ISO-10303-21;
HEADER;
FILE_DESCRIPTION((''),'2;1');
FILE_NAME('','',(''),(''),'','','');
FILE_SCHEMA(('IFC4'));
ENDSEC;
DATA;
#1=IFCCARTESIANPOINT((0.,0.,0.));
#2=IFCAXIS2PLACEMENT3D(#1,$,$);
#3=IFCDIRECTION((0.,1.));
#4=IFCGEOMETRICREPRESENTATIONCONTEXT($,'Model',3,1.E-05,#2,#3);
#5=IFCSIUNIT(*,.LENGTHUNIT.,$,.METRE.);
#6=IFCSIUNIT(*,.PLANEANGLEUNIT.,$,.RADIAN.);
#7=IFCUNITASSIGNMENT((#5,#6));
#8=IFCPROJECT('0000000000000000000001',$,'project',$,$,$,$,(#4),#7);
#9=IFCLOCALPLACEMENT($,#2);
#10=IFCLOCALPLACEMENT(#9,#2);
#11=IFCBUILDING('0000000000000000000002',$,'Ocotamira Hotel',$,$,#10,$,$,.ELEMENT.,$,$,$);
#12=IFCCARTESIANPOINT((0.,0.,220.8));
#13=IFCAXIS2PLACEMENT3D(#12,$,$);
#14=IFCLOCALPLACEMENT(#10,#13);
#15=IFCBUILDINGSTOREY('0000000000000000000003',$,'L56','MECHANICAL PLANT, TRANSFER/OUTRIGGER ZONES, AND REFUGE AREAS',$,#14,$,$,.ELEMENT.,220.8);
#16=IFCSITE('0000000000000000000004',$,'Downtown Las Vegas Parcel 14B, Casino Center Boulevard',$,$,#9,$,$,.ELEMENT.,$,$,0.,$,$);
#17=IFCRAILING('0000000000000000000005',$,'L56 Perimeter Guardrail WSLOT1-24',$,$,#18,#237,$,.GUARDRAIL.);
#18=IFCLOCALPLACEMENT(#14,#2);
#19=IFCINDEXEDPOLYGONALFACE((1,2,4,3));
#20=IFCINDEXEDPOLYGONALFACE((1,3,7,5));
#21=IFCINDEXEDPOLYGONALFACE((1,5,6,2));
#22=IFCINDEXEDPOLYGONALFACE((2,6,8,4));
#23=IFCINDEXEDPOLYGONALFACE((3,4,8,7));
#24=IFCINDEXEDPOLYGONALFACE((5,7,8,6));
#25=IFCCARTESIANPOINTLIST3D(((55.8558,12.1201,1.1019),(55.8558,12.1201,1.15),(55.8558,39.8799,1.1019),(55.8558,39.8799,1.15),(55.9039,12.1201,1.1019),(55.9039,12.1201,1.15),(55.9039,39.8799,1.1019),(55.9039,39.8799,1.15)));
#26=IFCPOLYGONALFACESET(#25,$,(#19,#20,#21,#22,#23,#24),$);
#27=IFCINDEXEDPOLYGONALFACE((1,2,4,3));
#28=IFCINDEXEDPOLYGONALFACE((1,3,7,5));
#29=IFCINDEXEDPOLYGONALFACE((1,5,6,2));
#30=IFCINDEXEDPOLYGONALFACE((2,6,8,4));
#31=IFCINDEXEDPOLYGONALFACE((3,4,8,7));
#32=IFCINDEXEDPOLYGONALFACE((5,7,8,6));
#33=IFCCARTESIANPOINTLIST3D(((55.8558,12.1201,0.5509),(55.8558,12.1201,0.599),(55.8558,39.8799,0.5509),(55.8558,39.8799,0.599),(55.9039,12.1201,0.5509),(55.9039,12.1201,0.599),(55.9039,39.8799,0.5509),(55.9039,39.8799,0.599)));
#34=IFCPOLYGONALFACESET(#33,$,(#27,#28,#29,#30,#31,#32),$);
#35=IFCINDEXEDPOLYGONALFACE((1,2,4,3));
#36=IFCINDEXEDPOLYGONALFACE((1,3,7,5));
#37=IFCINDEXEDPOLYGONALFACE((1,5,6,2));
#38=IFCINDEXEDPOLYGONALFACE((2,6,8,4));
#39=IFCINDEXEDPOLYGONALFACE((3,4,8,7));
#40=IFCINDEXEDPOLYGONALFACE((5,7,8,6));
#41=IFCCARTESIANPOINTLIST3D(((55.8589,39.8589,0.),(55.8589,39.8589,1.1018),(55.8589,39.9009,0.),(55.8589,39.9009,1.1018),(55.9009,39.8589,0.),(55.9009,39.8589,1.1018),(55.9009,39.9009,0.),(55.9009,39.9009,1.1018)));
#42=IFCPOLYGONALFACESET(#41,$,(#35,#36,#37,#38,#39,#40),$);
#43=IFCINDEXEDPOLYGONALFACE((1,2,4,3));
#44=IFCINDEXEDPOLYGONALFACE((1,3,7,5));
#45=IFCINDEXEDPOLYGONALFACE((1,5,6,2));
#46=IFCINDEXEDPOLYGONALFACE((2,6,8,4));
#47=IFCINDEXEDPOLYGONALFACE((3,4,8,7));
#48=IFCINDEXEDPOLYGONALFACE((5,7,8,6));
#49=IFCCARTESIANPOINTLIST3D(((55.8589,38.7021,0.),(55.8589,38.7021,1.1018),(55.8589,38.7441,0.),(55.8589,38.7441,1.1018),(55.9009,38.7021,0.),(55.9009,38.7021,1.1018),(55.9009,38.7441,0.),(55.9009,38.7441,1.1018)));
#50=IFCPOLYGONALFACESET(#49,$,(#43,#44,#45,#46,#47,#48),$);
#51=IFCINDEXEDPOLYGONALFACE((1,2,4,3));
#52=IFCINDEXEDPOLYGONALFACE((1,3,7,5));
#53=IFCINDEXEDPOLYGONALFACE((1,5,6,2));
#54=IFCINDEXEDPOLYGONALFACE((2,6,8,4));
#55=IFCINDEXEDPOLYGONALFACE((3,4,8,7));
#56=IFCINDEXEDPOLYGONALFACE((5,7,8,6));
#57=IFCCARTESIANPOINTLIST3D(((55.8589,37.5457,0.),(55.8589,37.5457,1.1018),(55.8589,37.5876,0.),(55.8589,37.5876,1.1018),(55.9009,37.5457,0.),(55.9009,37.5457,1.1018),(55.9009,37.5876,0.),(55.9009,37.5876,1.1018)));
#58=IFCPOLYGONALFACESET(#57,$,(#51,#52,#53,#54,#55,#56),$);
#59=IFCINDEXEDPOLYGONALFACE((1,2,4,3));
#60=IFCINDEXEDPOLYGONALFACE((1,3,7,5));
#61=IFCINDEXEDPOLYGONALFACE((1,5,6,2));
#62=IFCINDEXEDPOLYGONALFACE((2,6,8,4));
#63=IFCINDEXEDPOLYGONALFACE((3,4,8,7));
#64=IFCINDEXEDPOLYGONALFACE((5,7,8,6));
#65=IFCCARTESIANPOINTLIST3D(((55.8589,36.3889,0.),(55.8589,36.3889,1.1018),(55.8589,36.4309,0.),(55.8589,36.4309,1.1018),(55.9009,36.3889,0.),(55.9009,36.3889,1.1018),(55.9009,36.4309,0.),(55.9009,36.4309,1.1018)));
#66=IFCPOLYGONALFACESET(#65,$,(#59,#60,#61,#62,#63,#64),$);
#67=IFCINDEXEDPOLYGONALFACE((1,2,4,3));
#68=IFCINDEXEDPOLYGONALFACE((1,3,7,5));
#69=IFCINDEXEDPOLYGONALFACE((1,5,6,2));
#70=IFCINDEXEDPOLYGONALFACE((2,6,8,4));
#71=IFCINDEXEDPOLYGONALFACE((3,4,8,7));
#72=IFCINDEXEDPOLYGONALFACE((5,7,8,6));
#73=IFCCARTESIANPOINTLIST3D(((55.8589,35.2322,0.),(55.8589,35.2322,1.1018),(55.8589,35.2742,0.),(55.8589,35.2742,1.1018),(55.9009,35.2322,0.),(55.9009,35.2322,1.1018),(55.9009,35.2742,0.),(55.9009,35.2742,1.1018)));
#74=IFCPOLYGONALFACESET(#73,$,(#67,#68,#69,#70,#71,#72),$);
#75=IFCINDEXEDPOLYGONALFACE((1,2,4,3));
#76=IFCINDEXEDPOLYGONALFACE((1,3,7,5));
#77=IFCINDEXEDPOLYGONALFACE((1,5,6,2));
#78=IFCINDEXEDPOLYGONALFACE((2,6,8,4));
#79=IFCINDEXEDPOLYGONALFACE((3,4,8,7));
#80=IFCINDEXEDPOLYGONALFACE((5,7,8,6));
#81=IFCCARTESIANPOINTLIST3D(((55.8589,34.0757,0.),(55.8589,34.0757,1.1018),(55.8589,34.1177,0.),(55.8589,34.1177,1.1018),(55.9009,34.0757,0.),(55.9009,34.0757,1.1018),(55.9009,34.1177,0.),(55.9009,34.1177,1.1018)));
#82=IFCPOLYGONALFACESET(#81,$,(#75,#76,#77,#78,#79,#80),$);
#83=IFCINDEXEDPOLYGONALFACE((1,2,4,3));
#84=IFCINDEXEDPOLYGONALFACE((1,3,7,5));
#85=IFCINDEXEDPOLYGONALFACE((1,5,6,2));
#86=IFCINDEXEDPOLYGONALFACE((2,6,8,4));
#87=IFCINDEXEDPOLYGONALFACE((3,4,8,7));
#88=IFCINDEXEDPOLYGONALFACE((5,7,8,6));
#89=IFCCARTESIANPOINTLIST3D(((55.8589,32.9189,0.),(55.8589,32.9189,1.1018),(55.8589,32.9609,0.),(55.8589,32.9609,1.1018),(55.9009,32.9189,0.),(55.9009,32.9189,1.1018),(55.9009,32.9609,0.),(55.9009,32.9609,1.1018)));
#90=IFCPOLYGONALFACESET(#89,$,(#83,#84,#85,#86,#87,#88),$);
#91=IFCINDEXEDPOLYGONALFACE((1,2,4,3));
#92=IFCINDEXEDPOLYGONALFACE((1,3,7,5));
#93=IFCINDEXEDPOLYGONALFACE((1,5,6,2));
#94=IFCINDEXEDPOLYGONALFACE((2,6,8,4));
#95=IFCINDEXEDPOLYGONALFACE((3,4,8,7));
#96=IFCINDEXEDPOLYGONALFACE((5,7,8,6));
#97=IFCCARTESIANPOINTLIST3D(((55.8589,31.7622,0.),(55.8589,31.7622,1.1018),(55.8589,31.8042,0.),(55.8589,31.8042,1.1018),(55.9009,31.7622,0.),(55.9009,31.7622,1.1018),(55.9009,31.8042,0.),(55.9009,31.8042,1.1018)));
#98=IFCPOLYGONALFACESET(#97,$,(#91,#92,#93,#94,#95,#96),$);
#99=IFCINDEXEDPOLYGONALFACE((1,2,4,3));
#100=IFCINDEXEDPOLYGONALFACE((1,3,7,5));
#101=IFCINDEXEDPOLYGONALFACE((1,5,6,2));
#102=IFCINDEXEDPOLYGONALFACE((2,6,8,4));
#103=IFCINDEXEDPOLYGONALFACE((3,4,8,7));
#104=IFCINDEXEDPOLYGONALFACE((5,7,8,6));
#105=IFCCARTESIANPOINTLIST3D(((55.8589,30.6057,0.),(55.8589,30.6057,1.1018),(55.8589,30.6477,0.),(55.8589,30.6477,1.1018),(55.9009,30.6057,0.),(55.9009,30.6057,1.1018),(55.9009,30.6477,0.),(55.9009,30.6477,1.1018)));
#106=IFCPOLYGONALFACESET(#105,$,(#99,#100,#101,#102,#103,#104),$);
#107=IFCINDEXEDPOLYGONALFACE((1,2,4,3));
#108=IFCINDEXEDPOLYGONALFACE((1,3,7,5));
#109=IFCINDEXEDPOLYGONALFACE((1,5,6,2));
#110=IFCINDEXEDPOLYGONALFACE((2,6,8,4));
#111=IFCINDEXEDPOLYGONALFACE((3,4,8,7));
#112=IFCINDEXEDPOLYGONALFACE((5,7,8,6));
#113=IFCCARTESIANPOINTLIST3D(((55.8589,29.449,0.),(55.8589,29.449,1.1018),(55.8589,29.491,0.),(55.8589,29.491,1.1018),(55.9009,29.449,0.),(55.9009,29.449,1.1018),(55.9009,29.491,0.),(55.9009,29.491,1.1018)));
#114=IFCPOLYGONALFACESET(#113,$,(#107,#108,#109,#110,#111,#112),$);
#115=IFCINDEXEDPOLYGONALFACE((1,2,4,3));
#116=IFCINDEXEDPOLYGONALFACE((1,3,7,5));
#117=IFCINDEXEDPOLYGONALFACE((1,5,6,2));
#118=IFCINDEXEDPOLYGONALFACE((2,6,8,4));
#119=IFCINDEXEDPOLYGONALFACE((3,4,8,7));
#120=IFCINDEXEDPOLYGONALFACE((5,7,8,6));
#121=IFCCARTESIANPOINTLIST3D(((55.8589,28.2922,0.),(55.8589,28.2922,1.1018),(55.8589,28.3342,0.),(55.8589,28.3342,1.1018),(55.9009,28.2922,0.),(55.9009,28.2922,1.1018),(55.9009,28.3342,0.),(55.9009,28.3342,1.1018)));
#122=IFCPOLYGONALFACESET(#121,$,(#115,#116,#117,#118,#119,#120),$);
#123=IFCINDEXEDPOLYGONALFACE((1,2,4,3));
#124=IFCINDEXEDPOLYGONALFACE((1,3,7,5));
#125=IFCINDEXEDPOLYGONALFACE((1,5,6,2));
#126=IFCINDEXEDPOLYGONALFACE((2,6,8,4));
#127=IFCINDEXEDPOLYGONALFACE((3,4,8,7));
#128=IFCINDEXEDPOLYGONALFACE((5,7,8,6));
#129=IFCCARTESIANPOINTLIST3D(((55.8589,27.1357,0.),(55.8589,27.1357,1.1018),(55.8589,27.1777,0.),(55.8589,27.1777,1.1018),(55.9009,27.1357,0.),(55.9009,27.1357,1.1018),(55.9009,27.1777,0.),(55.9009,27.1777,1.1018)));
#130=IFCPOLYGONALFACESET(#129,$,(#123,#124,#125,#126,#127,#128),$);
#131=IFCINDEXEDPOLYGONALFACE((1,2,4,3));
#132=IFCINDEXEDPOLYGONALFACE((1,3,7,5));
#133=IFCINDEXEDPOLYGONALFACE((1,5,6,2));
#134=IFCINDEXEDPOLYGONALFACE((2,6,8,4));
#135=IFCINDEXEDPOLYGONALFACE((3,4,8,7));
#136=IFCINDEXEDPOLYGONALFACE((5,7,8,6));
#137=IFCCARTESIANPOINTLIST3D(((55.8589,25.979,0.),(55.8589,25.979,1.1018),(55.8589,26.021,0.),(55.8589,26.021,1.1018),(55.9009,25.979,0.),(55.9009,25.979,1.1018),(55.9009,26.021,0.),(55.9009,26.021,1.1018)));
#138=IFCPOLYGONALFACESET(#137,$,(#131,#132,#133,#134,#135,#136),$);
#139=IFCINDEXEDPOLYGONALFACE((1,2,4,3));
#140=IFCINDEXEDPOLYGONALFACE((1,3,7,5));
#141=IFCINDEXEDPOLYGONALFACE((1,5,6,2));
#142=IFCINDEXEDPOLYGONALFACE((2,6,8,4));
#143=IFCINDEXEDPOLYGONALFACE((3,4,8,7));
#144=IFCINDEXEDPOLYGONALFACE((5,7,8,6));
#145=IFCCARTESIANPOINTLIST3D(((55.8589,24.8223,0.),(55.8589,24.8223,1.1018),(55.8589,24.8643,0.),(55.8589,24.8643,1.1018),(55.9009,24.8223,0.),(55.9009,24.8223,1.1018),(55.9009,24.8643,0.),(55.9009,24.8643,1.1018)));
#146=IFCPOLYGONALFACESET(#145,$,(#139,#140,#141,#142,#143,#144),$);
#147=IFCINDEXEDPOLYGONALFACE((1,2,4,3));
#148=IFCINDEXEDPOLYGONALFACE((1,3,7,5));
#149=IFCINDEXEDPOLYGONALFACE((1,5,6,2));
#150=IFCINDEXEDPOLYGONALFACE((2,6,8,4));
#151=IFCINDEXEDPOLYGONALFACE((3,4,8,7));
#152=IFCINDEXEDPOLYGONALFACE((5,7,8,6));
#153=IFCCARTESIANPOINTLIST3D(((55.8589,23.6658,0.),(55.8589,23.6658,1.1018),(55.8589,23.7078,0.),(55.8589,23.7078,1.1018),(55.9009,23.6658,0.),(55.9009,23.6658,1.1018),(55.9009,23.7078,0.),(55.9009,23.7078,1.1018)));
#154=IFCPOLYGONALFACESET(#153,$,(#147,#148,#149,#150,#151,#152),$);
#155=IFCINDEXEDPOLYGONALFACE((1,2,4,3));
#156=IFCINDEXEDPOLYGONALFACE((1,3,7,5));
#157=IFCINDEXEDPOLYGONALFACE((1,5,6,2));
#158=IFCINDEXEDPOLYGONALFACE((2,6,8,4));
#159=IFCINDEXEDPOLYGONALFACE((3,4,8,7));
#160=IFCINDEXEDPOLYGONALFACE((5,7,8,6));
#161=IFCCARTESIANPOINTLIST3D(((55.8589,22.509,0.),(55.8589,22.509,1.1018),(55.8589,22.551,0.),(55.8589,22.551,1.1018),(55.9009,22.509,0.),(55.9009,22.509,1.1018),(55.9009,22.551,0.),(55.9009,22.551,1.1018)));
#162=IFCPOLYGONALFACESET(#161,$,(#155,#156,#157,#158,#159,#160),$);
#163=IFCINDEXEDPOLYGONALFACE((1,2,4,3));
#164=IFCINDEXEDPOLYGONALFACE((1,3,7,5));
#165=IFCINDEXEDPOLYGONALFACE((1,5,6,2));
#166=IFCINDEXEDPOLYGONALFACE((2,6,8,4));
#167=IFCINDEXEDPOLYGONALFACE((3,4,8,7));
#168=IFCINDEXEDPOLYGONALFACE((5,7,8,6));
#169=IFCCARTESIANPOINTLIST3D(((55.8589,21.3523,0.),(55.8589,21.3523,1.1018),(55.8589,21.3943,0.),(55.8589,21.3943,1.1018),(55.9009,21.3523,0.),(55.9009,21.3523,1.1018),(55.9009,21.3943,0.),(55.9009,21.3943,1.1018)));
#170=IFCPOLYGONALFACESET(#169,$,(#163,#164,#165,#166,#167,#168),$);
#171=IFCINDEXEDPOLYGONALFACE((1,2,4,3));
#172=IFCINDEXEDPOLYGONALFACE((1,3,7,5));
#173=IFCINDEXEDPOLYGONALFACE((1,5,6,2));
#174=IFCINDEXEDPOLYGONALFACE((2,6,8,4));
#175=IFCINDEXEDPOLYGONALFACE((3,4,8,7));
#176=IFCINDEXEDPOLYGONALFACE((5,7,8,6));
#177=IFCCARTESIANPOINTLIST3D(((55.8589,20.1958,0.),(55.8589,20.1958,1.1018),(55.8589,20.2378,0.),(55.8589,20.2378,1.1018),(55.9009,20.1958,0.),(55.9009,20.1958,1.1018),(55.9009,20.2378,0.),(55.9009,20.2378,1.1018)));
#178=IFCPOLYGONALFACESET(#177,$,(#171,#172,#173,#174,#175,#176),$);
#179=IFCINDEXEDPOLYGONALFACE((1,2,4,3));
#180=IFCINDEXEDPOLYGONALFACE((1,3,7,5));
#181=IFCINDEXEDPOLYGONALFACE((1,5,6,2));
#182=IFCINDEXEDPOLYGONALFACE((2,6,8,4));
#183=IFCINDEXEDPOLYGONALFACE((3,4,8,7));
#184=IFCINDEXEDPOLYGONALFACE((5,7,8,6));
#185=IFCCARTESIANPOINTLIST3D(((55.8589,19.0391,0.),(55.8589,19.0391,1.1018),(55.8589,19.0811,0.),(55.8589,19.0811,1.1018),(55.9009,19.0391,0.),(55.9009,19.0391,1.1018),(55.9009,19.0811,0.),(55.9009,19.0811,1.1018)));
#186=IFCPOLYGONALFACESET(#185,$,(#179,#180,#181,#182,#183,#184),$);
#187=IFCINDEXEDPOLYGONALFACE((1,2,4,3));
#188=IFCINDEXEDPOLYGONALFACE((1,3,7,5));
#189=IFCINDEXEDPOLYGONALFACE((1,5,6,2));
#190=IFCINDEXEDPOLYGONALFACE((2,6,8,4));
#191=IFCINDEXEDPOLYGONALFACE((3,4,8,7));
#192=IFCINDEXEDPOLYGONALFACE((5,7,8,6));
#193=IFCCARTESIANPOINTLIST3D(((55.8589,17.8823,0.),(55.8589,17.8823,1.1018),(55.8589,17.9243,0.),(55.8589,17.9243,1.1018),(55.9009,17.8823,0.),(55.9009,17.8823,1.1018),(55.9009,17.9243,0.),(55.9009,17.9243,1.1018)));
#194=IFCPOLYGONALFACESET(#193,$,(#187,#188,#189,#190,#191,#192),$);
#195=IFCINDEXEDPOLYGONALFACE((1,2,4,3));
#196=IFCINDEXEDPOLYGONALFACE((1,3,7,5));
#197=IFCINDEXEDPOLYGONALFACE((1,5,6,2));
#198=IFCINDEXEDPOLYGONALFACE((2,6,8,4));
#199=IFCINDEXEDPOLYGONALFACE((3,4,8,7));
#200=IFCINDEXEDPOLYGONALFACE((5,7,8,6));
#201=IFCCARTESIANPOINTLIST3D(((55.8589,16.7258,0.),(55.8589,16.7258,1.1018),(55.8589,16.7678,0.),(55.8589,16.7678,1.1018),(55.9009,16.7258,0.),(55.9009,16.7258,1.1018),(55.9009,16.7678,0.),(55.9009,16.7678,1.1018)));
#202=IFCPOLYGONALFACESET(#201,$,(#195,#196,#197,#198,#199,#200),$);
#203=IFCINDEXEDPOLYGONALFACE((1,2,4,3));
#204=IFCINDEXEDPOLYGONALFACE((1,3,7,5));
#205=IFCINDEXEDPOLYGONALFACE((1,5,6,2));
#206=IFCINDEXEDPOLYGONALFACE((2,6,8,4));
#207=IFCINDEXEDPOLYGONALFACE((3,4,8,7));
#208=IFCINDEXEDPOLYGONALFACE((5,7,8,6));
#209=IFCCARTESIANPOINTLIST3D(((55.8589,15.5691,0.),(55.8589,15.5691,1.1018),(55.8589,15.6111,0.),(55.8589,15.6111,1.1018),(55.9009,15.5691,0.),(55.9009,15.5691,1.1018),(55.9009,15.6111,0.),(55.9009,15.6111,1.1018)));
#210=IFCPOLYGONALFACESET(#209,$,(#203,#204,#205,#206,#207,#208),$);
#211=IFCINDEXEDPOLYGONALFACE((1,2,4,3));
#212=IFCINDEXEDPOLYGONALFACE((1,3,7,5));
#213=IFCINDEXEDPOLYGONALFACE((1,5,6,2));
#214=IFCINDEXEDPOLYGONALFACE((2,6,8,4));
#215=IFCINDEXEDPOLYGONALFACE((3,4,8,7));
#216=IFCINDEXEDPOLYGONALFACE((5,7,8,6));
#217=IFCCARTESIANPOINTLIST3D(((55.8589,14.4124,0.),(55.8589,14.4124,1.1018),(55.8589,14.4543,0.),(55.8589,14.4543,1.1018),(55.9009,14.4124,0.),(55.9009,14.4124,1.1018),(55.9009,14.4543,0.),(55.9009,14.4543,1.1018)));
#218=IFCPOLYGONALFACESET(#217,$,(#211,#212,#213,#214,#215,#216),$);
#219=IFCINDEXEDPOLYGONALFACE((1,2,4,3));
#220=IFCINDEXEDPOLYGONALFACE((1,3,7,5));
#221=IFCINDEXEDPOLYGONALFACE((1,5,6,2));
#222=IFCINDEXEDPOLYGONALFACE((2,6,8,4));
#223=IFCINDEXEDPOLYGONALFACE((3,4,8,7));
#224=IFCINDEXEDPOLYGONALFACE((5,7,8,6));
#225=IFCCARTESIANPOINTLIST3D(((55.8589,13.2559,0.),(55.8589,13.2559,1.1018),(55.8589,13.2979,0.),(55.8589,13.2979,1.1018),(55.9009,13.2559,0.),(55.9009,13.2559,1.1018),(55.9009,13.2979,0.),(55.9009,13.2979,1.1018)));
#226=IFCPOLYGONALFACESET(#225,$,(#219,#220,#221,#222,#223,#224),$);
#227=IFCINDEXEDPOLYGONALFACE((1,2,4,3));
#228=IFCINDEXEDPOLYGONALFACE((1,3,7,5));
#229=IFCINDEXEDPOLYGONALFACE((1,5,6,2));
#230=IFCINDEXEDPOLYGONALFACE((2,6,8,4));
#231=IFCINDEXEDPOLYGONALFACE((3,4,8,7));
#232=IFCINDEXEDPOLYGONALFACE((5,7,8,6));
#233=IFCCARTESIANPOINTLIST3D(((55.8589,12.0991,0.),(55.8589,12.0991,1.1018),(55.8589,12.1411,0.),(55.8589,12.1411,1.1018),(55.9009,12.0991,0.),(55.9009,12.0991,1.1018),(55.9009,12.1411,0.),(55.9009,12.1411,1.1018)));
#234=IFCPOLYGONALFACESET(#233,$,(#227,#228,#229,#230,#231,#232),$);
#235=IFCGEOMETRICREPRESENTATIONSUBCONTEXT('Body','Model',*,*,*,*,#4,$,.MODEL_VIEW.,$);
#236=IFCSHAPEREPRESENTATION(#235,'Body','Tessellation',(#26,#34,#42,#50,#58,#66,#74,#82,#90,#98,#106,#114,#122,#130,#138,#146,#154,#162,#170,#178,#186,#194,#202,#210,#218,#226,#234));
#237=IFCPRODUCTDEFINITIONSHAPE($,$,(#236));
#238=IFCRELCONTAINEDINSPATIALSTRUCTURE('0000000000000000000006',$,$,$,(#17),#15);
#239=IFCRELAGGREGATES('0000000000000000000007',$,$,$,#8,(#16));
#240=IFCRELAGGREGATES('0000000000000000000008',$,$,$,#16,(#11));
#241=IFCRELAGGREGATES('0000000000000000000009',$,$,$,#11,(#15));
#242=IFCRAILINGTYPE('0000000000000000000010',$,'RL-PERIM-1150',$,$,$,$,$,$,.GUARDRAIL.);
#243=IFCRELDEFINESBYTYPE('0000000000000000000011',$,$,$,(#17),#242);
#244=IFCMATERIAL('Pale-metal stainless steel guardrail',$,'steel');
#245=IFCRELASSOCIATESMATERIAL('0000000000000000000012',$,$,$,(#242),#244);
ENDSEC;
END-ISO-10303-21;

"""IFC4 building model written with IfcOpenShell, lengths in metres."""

from ifc_helpers import new_model, si_unit, direction, frame, origin, origin_2d, place, context, subcontext, project, spatial, rectangle, extrude, material, type_object, element, save


model = new_model("IFC4")

# Units and contexts
model_context = context("Model", 3, precision=1e-05, world=origin(), true_north=direction((0.0, 1.0)))
body_context = subcontext(model_context, "Body", "Model", "MODEL_VIEW")
ifc_project = project(units=[si_unit("LENGTHUNIT", "METRE"), si_unit("PLANEANGLEUNIT", "RADIAN")], contexts=[model_context])

# Site, building, storey
site_placement = place(None, origin())
site = spatial("IfcSite", under=ifc_project, at=site_placement, Name="Downtown Las Vegas Parcel 14B, Casino Center Boulevard", CompositionType="ELEMENT", RefElevation=0.0)
building_placement = place(site_placement, origin())
building = spatial("IfcBuilding", under=site, at=building_placement, Name="Ocotamira Hotel", CompositionType="ELEMENT")
storey_placement = place(building_placement, frame((0.0, 0.0, 220.8)))
storey = spatial("IfcBuildingStorey", under=building, at=storey_placement, Name="L56", Description="MECHANICAL PLANT, TRANSFER/OUTRIGGER ZONES, AND REFUGE AREAS", CompositionType="ELEMENT", Elevation=220.8)

# Railing
ifc_material_1 = material(Name="Pale-metal stainless steel guardrail", Category="steel")
railing_type = type_object("IfcRailingType", Name="RL-PERIM-1150", PredefinedType="GUARDRAIL", material=ifc_material_1)
railing_1_placement = place(storey_placement, frame((55.8799, 39.8799, 0.0)))
element("IfcRailing", 1, at=railing_1_placement, inside=storey, type_object=railing_type, Name="L56 Perimeter Guardrail WSLOT1-24", PredefinedType="GUARDRAIL", context=body_context, shape_type="SweptSolid", body=[
    extrude(rectangle(XDim=0.0481, YDim=0.0481, at=origin_2d()), frame((0.0, 0.0, 1.126), z_axis=(0.0, -1.0, 0.0), x_axis=(1.0, 0.0, 0.0)), (0.0, 0.0, 1.0), 27.7598),
    extrude(rectangle(XDim=0.0481, YDim=0.0481, at=origin_2d()), frame((0.0, 0.0, 0.575), z_axis=(0.0, -1.0, 0.0), x_axis=(1.0, 0.0, 0.0)), (0.0, 0.0, 1.0), 27.7598),
    extrude(rectangle(XDim=0.042, YDim=0.042, at=origin_2d()), origin(), (0.0, 0.0, 1.0), 1.1018),
    extrude(rectangle(XDim=0.042, YDim=0.042, at=origin_2d()), frame((0.0, -1.1567, 0.0)), (0.0, 0.0, 1.0), 1.1018),
    extrude(rectangle(XDim=0.042, YDim=0.042, at=origin_2d()), frame((0.0, -2.3132, 0.0)), (0.0, 0.0, 1.0), 1.1018),
    extrude(rectangle(XDim=0.042, YDim=0.042, at=origin_2d()), frame((0.0, -3.47, 0.0)), (0.0, 0.0, 1.0), 1.1018),
    extrude(rectangle(XDim=0.042, YDim=0.042, at=origin_2d()), frame((0.0, -4.6267, 0.0)), (0.0, 0.0, 1.0), 1.1018),
    extrude(rectangle(XDim=0.042, YDim=0.042, at=origin_2d()), frame((0.0, -5.7832, 0.0)), (0.0, 0.0, 1.0), 1.1018),
    extrude(rectangle(XDim=0.042, YDim=0.042, at=origin_2d()), frame((0.0, -6.9399, 0.0)), (0.0, 0.0, 1.0), 1.1018),
    extrude(rectangle(XDim=0.042, YDim=0.042, at=origin_2d()), frame((0.0, -8.0967, 0.0)), (0.0, 0.0, 1.0), 1.1018),
    extrude(rectangle(XDim=0.042, YDim=0.042, at=origin_2d()), frame((0.0, -9.2532, 0.0)), (0.0, 0.0, 1.0), 1.1018),
    extrude(rectangle(XDim=0.042, YDim=0.042, at=origin_2d()), frame((0.0, -10.4099, 0.0)), (0.0, 0.0, 1.0), 1.1018),
    extrude(rectangle(XDim=0.042, YDim=0.042, at=origin_2d()), frame((0.0, -11.5667, 0.0)), (0.0, 0.0, 1.0), 1.1018),
    extrude(rectangle(XDim=0.042, YDim=0.042, at=origin_2d()), frame((0.0, -12.7231, 0.0)), (0.0, 0.0, 1.0), 1.1018),
    extrude(rectangle(XDim=0.042, YDim=0.042, at=origin_2d()), frame((0.0, -13.8799, 0.0)), (0.0, 0.0, 1.0), 1.1018),
    extrude(rectangle(XDim=0.042, YDim=0.042, at=origin_2d()), frame((0.0, -15.0366, 0.0)), (0.0, 0.0, 1.0), 1.1018),
    extrude(rectangle(XDim=0.042, YDim=0.042, at=origin_2d()), frame((0.0, -16.1931, 0.0)), (0.0, 0.0, 1.0), 1.1018),
    extrude(rectangle(XDim=0.042, YDim=0.042, at=origin_2d()), frame((0.0, -17.3499, 0.0)), (0.0, 0.0, 1.0), 1.1018),
    extrude(rectangle(XDim=0.042, YDim=0.042, at=origin_2d()), frame((0.0, -18.5066, 0.0)), (0.0, 0.0, 1.0), 1.1018),
    extrude(rectangle(XDim=0.042, YDim=0.042, at=origin_2d()), frame((0.0, -19.6631, 0.0)), (0.0, 0.0, 1.0), 1.1018),
    extrude(rectangle(XDim=0.042, YDim=0.042, at=origin_2d()), frame((0.0, -20.8198, 0.0)), (0.0, 0.0, 1.0), 1.1018),
    extrude(rectangle(XDim=0.042, YDim=0.042, at=origin_2d()), frame((0.0, -21.9766, 0.0)), (0.0, 0.0, 1.0), 1.1018),
    extrude(rectangle(XDim=0.042, YDim=0.042, at=origin_2d()), frame((0.0, -23.1331, 0.0)), (0.0, 0.0, 1.0), 1.1018),
    extrude(rectangle(XDim=0.042, YDim=0.042, at=origin_2d()), frame((0.0, -24.2898, 0.0)), (0.0, 0.0, 1.0), 1.1018),
    extrude(rectangle(XDim=0.042, YDim=0.042, at=origin_2d()), frame((0.0, -25.4465, 0.0)), (0.0, 0.0, 1.0), 1.1018),
    extrude(rectangle(XDim=0.042, YDim=0.042, at=origin_2d()), frame((0.0, -26.603, 0.0)), (0.0, 0.0, 1.0), 1.1018),
    extrude(rectangle(XDim=0.042, YDim=0.042, at=origin_2d()), frame((0.0, -27.7598, 0.0)), (0.0, 0.0, 1.0), 1.1018),
])

save(model, "model.ifc")
